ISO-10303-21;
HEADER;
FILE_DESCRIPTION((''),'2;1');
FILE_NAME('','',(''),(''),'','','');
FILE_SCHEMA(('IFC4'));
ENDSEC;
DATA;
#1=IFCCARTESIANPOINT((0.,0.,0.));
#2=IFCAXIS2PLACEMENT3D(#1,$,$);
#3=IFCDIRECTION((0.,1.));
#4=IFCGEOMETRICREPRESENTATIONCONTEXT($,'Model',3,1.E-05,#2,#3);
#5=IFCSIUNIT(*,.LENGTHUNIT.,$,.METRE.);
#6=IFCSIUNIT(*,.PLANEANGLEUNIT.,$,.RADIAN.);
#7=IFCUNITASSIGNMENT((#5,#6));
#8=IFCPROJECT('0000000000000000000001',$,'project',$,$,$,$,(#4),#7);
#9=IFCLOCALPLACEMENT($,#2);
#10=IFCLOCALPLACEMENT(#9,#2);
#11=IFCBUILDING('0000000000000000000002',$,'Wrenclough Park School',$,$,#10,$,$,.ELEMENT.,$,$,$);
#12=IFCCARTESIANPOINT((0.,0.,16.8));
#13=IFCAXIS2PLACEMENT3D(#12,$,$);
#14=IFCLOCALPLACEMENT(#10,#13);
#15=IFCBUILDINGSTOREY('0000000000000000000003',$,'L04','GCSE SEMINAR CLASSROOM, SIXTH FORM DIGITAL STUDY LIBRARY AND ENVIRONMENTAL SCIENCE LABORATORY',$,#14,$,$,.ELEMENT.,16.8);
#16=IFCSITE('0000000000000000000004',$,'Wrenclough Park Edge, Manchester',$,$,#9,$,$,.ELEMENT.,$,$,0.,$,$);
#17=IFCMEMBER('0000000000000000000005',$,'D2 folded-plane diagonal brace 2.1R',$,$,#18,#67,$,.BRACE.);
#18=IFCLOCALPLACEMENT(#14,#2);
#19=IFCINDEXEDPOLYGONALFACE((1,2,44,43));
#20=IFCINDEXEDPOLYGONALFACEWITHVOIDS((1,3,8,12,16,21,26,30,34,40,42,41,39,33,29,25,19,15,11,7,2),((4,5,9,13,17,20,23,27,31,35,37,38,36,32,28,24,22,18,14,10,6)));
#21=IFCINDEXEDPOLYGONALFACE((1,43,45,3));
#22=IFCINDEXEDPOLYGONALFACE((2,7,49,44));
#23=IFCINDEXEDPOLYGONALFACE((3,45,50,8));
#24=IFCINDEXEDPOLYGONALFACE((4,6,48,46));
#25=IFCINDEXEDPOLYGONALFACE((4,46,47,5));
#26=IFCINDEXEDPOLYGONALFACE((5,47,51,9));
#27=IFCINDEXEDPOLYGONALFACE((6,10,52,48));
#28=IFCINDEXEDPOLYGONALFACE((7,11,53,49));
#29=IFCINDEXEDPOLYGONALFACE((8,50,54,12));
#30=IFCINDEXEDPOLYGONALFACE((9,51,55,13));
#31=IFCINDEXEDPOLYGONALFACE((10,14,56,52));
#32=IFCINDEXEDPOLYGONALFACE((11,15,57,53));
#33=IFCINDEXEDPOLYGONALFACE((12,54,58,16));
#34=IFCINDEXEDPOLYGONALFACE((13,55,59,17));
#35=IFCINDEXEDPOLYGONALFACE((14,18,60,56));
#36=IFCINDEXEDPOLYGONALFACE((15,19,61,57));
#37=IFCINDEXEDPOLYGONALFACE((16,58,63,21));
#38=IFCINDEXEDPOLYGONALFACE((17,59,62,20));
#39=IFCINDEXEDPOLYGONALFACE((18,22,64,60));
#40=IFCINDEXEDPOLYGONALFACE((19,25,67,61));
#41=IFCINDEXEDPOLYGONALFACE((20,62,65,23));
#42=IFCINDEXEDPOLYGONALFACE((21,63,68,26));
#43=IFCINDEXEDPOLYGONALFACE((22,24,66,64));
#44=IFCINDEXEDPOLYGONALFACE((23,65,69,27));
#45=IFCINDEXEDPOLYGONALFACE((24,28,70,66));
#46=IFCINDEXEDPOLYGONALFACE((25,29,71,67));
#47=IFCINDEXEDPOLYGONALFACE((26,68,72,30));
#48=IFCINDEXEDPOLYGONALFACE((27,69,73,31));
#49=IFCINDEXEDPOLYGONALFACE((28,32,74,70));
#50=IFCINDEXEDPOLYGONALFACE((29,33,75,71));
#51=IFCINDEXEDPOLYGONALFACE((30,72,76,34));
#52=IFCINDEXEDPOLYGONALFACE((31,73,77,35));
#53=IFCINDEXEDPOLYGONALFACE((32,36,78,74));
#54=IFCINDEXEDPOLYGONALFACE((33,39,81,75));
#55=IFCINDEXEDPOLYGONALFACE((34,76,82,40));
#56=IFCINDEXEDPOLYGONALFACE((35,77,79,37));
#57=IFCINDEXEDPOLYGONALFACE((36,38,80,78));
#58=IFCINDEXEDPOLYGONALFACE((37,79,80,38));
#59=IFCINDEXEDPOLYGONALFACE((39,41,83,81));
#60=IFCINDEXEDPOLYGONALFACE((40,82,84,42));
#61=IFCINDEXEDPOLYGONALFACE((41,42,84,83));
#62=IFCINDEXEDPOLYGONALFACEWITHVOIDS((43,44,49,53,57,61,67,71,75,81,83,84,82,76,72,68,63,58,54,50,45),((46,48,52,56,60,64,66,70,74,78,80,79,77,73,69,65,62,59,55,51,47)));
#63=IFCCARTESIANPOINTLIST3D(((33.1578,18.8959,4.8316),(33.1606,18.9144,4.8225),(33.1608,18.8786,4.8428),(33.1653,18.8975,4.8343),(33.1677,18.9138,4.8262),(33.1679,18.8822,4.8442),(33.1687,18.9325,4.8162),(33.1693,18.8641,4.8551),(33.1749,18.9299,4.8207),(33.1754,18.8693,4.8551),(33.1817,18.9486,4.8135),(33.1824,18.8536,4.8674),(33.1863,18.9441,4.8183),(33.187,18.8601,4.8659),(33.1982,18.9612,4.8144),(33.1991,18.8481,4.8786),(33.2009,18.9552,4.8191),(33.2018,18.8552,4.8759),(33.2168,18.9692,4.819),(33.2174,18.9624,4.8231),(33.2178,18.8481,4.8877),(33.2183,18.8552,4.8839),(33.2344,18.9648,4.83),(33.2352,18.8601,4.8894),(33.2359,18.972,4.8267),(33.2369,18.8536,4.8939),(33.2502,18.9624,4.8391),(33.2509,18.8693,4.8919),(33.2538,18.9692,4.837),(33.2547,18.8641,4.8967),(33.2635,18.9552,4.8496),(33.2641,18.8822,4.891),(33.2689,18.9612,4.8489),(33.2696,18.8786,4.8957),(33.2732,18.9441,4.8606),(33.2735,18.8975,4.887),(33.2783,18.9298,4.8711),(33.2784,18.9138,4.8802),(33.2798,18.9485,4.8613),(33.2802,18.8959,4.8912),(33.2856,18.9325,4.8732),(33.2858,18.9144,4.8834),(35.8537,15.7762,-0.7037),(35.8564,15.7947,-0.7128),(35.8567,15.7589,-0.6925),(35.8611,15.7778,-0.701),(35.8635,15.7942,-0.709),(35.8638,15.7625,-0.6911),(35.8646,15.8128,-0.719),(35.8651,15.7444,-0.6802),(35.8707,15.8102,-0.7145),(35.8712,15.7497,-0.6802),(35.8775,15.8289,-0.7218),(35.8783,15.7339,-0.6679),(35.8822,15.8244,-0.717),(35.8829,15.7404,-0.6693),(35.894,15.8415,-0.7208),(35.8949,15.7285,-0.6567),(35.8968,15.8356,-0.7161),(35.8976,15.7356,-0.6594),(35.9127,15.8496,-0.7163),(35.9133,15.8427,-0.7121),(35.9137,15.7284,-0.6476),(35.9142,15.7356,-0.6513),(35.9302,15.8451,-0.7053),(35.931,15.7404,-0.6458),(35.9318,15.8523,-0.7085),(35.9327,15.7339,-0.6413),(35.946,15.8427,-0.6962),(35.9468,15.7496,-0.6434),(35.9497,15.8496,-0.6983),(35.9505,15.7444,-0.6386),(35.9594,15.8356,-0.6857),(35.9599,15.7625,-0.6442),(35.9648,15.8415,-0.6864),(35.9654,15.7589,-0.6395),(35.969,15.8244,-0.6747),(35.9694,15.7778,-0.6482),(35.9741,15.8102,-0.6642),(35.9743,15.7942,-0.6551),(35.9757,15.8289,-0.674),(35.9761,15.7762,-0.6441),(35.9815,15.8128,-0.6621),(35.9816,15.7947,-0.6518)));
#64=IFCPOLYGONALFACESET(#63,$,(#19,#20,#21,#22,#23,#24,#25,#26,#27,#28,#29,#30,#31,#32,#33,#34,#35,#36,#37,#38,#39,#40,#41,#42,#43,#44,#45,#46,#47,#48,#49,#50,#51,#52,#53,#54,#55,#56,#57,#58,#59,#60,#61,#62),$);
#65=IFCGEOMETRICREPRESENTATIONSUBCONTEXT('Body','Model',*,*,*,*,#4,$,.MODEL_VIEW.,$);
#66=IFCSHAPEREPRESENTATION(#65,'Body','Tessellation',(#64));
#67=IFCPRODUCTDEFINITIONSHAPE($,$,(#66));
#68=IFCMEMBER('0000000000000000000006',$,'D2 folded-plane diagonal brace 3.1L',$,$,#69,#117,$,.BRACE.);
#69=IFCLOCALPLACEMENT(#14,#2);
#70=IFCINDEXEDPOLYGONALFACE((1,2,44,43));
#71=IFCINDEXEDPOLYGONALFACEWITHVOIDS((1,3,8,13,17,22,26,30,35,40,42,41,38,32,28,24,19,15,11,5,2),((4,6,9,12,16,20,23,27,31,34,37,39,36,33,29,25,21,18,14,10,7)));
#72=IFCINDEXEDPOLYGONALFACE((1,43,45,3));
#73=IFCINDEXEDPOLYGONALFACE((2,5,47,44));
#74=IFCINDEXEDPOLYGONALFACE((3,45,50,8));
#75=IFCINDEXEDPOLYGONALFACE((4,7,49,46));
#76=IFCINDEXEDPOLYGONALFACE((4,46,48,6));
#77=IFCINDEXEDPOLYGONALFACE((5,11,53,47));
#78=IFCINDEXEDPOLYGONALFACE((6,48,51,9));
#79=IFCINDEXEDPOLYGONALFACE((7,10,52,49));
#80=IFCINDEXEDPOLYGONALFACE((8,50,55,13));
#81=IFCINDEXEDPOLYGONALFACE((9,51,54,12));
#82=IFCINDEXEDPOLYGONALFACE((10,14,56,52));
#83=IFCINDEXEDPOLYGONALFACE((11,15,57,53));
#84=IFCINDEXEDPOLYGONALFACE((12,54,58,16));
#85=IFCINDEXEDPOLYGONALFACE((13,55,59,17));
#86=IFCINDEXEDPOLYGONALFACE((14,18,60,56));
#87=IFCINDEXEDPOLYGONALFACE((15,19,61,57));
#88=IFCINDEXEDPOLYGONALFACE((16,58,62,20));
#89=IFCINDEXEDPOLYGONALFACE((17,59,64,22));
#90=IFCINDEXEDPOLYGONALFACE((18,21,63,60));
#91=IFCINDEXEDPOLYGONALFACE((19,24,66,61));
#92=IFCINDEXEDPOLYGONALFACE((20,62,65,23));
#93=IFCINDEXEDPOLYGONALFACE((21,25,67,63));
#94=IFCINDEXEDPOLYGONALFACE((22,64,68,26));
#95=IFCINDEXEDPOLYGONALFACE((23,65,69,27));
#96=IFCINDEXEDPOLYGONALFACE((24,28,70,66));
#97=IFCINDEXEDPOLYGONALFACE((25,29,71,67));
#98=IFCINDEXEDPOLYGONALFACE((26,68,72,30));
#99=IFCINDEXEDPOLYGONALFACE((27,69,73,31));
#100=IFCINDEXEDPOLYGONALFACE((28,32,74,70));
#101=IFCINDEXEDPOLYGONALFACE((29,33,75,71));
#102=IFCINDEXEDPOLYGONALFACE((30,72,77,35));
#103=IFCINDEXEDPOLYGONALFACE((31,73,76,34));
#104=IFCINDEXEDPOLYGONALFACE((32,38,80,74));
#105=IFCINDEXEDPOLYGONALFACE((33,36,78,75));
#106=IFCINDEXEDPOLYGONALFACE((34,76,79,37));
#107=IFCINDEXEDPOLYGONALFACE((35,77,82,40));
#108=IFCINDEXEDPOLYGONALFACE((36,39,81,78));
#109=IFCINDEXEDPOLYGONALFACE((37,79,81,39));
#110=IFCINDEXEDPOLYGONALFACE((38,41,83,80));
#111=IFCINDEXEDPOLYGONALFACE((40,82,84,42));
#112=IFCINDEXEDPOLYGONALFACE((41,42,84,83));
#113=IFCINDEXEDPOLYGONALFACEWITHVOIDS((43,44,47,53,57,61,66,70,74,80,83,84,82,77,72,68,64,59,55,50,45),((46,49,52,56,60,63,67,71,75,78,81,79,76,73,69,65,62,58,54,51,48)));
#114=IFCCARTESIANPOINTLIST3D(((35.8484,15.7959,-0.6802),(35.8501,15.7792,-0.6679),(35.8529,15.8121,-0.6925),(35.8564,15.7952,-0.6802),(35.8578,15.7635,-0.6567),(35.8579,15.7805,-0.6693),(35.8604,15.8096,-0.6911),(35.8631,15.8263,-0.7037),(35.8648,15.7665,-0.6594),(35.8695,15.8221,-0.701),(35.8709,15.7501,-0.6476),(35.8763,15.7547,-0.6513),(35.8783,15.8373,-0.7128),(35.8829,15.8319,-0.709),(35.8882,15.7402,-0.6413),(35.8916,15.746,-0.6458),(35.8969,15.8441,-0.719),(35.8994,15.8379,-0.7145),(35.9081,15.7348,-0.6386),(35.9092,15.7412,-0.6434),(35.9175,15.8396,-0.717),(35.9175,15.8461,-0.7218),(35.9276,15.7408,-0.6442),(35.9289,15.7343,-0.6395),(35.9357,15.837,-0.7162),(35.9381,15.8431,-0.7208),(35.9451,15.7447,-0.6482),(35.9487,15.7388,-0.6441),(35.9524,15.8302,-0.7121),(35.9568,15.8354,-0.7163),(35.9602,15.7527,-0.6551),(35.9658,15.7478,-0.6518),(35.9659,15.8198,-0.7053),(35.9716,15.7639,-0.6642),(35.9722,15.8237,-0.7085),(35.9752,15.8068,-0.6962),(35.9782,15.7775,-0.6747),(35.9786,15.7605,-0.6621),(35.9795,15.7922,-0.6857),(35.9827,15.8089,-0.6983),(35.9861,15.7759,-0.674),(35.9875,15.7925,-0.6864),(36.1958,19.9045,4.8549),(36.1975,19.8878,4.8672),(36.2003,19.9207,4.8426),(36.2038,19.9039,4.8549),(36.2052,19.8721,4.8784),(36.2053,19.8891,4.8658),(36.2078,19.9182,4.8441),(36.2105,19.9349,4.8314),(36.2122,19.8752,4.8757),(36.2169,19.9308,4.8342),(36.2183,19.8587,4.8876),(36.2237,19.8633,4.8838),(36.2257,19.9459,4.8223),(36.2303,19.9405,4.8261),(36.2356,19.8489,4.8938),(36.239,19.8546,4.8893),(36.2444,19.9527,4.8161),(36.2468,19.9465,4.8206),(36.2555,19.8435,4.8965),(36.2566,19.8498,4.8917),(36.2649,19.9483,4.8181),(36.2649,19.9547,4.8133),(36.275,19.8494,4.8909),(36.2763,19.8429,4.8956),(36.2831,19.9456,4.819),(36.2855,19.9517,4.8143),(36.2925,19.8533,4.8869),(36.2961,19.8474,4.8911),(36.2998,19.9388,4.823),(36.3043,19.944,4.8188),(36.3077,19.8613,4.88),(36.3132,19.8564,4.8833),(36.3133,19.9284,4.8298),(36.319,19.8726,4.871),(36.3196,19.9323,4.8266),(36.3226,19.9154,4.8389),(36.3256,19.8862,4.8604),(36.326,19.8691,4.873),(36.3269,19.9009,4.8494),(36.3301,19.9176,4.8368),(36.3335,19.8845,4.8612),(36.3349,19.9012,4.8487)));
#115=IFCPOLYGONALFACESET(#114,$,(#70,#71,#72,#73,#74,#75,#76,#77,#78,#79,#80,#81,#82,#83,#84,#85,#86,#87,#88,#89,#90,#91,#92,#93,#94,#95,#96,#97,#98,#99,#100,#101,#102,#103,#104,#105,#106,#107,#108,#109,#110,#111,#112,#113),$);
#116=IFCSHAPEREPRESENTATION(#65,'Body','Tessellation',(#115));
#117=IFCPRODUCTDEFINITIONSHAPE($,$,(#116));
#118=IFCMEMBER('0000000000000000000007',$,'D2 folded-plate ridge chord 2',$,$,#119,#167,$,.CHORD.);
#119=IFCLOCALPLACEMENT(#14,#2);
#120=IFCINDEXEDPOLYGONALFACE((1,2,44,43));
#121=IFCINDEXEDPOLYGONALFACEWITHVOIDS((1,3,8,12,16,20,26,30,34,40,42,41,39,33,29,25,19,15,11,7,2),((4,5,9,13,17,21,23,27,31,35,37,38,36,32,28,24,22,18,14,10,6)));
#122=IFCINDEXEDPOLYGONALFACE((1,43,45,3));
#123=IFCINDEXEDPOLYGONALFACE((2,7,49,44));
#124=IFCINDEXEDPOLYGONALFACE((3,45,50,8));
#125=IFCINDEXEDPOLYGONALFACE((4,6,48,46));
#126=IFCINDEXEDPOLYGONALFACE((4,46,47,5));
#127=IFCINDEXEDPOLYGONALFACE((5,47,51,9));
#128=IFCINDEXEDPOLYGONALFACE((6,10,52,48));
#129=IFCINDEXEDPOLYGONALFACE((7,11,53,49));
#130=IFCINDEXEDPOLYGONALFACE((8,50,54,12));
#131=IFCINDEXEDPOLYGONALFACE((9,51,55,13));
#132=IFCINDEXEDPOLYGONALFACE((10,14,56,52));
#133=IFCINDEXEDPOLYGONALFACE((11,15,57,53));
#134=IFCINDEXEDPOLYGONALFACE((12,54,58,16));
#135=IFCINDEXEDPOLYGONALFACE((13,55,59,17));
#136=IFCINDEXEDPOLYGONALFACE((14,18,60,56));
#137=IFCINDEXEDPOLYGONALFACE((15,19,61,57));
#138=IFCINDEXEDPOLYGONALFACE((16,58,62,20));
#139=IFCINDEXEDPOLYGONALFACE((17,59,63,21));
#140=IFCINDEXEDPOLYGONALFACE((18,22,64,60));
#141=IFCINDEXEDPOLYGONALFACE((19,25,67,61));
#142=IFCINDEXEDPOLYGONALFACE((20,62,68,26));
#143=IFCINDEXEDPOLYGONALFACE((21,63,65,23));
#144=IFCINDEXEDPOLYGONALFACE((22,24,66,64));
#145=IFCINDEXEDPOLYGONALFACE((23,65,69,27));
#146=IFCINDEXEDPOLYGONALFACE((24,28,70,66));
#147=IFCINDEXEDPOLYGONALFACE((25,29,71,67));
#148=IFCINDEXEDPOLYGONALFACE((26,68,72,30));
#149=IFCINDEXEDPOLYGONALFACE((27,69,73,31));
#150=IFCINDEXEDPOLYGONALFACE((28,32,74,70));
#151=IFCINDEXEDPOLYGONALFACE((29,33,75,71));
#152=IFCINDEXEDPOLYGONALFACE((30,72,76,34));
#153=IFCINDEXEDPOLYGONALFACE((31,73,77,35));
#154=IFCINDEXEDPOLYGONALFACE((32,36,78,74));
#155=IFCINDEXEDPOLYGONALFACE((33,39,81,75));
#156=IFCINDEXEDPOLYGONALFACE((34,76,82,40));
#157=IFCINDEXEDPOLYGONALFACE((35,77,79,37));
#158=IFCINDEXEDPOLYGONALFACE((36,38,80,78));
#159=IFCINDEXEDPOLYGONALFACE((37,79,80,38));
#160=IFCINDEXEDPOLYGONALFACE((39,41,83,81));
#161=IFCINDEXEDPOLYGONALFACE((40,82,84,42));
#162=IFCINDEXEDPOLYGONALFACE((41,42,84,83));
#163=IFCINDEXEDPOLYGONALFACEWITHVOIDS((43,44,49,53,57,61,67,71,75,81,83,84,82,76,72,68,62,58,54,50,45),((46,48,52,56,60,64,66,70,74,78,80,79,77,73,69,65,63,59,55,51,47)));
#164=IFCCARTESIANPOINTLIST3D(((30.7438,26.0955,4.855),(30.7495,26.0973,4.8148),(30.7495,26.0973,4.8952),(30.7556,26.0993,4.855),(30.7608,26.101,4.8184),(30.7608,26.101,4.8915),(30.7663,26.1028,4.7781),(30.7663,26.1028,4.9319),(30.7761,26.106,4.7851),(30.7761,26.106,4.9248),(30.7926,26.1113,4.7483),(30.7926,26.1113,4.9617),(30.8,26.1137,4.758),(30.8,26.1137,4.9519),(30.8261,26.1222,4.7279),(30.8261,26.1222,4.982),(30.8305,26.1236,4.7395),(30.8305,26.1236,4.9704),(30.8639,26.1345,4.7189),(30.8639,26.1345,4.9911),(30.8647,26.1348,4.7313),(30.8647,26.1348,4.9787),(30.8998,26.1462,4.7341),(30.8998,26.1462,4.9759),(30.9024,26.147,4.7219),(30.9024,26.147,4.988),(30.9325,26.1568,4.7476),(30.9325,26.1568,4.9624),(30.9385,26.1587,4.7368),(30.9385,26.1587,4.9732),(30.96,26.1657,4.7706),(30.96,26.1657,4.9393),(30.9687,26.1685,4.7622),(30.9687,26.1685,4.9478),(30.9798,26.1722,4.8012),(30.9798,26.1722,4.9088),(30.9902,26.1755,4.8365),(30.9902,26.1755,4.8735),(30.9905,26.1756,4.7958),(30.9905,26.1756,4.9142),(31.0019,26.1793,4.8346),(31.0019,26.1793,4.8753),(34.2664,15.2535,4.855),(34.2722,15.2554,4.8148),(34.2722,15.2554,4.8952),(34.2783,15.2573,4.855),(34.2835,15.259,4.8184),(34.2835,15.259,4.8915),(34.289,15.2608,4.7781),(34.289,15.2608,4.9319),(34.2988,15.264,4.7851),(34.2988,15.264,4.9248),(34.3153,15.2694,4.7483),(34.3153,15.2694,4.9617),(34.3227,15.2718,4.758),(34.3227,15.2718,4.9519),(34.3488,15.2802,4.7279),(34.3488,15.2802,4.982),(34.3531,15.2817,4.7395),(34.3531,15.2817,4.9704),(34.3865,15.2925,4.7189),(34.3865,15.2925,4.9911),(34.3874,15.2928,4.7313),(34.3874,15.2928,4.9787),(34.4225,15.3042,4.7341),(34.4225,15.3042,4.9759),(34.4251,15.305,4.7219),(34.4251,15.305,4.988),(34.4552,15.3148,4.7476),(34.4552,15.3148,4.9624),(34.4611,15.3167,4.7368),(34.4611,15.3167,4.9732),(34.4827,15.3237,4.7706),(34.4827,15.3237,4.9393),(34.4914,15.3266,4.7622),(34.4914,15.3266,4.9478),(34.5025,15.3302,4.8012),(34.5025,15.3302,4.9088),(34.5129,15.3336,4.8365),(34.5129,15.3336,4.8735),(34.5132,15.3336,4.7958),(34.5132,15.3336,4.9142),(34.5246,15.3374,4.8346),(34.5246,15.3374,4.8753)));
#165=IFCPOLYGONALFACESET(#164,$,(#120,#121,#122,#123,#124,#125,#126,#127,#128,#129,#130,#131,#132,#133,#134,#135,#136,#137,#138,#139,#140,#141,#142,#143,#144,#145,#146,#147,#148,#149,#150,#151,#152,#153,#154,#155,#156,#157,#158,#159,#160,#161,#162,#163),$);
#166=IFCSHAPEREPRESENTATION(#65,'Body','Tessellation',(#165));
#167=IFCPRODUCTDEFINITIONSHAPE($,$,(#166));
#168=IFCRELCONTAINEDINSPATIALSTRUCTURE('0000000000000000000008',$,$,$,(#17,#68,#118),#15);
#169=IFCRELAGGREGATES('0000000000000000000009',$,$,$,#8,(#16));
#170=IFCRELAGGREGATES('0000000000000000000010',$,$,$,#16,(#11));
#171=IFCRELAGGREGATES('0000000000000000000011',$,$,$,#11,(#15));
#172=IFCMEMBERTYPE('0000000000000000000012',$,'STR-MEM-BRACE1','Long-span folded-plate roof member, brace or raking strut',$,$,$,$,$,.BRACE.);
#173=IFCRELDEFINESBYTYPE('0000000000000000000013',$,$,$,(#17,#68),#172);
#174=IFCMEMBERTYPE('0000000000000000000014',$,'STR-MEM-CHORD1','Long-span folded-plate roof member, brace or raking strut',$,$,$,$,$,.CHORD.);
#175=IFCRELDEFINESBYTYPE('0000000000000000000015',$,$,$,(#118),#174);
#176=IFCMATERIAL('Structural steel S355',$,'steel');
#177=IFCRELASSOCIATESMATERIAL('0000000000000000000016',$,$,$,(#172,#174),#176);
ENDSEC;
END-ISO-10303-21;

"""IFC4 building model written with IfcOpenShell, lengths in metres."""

from ifc_helpers import new_model, si_unit, direction, frame, origin, origin_2d, place, context, subcontext, project, spatial, hollow_circle, extrude, material, material_profile, profile_set, type_object, element, save


model = new_model("IFC4")

# Units and contexts
model_context = context("Model", 3, precision=1e-05, world=origin(), true_north=direction((0.0, 1.0)))
body_context = subcontext(model_context, "Body", "Model", "MODEL_VIEW")
ifc_project = project(units=[si_unit("LENGTHUNIT", "METRE"), si_unit("PLANEANGLEUNIT", "RADIAN")], contexts=[model_context])

# Site, building, storey
site_placement = place(None, origin())
site = spatial("IfcSite", under=ifc_project, at=site_placement, Name="Wrenclough Park Edge, Manchester", CompositionType="ELEMENT", RefElevation=0.0)
building_placement = place(site_placement, origin())
building = spatial("IfcBuilding", under=site, at=building_placement, Name="Wrenclough Park School", CompositionType="ELEMENT")
storey_placement = place(building_placement, frame((0.0, 0.0, 16.8)))
storey = spatial("IfcBuildingStorey", under=building, at=storey_placement, Name="L04", Description="GCSE SEMINAR CLASSROOM, SIXTH FORM DIGITAL STUDY LIBRARY AND ENVIRONMENTAL SCIENCE LABORATORY", CompositionType="ELEMENT", Elevation=16.8)

# Shared definitions
ifc_material_1 = material(Name="Structural steel S355", Category="steel")

# Members
ifc_material_profile_1 = material_profile(ifc_material_1, hollow_circle(Radius=0.0698, WallThickness=0.0081, at=origin_2d()), Name="CHS 139.7x8.0")
ifc_profile_set_1 = profile_set([ifc_material_profile_1], Name="Structural steel S355")
member_type_1 = type_object("IfcMemberType", Name="STR-MEM-BRACE1", Description="Long-span folded-plate roof member, brace or raking strut", PredefinedType="BRACE", material=ifc_profile_set_1)
for number, where, z_axis, x_axis, name in (
    (1, (35.918, 15.79, -0.6802), (-0.390583, 0.45199, 0.801966), (-0.756634, -0.653839, 0.0), "D2 folded-plane diagonal brace 2.1R"),
    (2, (35.918, 15.79, -0.6802), (0.050334, 0.59527, 0.801947), (-0.996444, 0.084256, 0.0), "D2 folded-plane diagonal brace 3.1L"),
):
    element("IfcMember", number, at=place(storey_placement, frame(where, z_axis=z_axis, x_axis=x_axis)), inside=storey, type_object=member_type_1, Name=name, PredefinedType="BRACE", context=body_context, shape_type="SweptSolid", body=[
        extrude(hollow_circle(Radius=0.0698, WallThickness=0.0081, at=origin_2d()), origin(), (0.0, 0.0, 1.0), 6.9021),
    ])
ifc_material_profile_2 = material_profile(ifc_material_1, hollow_circle(Radius=0.1365, WallThickness=0.0125, at=origin_2d()), Name="CHS 273.0x12.5")
ifc_profile_set_2 = profile_set([ifc_material_profile_2], Name="Structural steel S355")
member_type_2 = type_object("IfcMemberType", Name="STR-MEM-CHORD1", Description="Long-span folded-plate roof member, brace or raking strut", PredefinedType="CHORD", material=ifc_profile_set_2)
member_1_placement = place(storey_placement, frame((34.3962, 15.2957, 4.855), z_axis=(-0.30901, 0.951059, 0.0), x_axis=(-0.951059, -0.30901, 0.0)))
element("IfcMember", 3, at=member_1_placement, inside=storey, type_object=member_type_2, Name="D2 folded-plate ridge chord 2", PredefinedType="CHORD", context=body_context, shape_type="SweptSolid", body=[
    extrude(hollow_circle(Radius=0.1365, WallThickness=0.0125, at=origin_2d()), origin(), (0.0, 0.0, 1.0), 11.3999),
])

save(model, "model.ifc")
